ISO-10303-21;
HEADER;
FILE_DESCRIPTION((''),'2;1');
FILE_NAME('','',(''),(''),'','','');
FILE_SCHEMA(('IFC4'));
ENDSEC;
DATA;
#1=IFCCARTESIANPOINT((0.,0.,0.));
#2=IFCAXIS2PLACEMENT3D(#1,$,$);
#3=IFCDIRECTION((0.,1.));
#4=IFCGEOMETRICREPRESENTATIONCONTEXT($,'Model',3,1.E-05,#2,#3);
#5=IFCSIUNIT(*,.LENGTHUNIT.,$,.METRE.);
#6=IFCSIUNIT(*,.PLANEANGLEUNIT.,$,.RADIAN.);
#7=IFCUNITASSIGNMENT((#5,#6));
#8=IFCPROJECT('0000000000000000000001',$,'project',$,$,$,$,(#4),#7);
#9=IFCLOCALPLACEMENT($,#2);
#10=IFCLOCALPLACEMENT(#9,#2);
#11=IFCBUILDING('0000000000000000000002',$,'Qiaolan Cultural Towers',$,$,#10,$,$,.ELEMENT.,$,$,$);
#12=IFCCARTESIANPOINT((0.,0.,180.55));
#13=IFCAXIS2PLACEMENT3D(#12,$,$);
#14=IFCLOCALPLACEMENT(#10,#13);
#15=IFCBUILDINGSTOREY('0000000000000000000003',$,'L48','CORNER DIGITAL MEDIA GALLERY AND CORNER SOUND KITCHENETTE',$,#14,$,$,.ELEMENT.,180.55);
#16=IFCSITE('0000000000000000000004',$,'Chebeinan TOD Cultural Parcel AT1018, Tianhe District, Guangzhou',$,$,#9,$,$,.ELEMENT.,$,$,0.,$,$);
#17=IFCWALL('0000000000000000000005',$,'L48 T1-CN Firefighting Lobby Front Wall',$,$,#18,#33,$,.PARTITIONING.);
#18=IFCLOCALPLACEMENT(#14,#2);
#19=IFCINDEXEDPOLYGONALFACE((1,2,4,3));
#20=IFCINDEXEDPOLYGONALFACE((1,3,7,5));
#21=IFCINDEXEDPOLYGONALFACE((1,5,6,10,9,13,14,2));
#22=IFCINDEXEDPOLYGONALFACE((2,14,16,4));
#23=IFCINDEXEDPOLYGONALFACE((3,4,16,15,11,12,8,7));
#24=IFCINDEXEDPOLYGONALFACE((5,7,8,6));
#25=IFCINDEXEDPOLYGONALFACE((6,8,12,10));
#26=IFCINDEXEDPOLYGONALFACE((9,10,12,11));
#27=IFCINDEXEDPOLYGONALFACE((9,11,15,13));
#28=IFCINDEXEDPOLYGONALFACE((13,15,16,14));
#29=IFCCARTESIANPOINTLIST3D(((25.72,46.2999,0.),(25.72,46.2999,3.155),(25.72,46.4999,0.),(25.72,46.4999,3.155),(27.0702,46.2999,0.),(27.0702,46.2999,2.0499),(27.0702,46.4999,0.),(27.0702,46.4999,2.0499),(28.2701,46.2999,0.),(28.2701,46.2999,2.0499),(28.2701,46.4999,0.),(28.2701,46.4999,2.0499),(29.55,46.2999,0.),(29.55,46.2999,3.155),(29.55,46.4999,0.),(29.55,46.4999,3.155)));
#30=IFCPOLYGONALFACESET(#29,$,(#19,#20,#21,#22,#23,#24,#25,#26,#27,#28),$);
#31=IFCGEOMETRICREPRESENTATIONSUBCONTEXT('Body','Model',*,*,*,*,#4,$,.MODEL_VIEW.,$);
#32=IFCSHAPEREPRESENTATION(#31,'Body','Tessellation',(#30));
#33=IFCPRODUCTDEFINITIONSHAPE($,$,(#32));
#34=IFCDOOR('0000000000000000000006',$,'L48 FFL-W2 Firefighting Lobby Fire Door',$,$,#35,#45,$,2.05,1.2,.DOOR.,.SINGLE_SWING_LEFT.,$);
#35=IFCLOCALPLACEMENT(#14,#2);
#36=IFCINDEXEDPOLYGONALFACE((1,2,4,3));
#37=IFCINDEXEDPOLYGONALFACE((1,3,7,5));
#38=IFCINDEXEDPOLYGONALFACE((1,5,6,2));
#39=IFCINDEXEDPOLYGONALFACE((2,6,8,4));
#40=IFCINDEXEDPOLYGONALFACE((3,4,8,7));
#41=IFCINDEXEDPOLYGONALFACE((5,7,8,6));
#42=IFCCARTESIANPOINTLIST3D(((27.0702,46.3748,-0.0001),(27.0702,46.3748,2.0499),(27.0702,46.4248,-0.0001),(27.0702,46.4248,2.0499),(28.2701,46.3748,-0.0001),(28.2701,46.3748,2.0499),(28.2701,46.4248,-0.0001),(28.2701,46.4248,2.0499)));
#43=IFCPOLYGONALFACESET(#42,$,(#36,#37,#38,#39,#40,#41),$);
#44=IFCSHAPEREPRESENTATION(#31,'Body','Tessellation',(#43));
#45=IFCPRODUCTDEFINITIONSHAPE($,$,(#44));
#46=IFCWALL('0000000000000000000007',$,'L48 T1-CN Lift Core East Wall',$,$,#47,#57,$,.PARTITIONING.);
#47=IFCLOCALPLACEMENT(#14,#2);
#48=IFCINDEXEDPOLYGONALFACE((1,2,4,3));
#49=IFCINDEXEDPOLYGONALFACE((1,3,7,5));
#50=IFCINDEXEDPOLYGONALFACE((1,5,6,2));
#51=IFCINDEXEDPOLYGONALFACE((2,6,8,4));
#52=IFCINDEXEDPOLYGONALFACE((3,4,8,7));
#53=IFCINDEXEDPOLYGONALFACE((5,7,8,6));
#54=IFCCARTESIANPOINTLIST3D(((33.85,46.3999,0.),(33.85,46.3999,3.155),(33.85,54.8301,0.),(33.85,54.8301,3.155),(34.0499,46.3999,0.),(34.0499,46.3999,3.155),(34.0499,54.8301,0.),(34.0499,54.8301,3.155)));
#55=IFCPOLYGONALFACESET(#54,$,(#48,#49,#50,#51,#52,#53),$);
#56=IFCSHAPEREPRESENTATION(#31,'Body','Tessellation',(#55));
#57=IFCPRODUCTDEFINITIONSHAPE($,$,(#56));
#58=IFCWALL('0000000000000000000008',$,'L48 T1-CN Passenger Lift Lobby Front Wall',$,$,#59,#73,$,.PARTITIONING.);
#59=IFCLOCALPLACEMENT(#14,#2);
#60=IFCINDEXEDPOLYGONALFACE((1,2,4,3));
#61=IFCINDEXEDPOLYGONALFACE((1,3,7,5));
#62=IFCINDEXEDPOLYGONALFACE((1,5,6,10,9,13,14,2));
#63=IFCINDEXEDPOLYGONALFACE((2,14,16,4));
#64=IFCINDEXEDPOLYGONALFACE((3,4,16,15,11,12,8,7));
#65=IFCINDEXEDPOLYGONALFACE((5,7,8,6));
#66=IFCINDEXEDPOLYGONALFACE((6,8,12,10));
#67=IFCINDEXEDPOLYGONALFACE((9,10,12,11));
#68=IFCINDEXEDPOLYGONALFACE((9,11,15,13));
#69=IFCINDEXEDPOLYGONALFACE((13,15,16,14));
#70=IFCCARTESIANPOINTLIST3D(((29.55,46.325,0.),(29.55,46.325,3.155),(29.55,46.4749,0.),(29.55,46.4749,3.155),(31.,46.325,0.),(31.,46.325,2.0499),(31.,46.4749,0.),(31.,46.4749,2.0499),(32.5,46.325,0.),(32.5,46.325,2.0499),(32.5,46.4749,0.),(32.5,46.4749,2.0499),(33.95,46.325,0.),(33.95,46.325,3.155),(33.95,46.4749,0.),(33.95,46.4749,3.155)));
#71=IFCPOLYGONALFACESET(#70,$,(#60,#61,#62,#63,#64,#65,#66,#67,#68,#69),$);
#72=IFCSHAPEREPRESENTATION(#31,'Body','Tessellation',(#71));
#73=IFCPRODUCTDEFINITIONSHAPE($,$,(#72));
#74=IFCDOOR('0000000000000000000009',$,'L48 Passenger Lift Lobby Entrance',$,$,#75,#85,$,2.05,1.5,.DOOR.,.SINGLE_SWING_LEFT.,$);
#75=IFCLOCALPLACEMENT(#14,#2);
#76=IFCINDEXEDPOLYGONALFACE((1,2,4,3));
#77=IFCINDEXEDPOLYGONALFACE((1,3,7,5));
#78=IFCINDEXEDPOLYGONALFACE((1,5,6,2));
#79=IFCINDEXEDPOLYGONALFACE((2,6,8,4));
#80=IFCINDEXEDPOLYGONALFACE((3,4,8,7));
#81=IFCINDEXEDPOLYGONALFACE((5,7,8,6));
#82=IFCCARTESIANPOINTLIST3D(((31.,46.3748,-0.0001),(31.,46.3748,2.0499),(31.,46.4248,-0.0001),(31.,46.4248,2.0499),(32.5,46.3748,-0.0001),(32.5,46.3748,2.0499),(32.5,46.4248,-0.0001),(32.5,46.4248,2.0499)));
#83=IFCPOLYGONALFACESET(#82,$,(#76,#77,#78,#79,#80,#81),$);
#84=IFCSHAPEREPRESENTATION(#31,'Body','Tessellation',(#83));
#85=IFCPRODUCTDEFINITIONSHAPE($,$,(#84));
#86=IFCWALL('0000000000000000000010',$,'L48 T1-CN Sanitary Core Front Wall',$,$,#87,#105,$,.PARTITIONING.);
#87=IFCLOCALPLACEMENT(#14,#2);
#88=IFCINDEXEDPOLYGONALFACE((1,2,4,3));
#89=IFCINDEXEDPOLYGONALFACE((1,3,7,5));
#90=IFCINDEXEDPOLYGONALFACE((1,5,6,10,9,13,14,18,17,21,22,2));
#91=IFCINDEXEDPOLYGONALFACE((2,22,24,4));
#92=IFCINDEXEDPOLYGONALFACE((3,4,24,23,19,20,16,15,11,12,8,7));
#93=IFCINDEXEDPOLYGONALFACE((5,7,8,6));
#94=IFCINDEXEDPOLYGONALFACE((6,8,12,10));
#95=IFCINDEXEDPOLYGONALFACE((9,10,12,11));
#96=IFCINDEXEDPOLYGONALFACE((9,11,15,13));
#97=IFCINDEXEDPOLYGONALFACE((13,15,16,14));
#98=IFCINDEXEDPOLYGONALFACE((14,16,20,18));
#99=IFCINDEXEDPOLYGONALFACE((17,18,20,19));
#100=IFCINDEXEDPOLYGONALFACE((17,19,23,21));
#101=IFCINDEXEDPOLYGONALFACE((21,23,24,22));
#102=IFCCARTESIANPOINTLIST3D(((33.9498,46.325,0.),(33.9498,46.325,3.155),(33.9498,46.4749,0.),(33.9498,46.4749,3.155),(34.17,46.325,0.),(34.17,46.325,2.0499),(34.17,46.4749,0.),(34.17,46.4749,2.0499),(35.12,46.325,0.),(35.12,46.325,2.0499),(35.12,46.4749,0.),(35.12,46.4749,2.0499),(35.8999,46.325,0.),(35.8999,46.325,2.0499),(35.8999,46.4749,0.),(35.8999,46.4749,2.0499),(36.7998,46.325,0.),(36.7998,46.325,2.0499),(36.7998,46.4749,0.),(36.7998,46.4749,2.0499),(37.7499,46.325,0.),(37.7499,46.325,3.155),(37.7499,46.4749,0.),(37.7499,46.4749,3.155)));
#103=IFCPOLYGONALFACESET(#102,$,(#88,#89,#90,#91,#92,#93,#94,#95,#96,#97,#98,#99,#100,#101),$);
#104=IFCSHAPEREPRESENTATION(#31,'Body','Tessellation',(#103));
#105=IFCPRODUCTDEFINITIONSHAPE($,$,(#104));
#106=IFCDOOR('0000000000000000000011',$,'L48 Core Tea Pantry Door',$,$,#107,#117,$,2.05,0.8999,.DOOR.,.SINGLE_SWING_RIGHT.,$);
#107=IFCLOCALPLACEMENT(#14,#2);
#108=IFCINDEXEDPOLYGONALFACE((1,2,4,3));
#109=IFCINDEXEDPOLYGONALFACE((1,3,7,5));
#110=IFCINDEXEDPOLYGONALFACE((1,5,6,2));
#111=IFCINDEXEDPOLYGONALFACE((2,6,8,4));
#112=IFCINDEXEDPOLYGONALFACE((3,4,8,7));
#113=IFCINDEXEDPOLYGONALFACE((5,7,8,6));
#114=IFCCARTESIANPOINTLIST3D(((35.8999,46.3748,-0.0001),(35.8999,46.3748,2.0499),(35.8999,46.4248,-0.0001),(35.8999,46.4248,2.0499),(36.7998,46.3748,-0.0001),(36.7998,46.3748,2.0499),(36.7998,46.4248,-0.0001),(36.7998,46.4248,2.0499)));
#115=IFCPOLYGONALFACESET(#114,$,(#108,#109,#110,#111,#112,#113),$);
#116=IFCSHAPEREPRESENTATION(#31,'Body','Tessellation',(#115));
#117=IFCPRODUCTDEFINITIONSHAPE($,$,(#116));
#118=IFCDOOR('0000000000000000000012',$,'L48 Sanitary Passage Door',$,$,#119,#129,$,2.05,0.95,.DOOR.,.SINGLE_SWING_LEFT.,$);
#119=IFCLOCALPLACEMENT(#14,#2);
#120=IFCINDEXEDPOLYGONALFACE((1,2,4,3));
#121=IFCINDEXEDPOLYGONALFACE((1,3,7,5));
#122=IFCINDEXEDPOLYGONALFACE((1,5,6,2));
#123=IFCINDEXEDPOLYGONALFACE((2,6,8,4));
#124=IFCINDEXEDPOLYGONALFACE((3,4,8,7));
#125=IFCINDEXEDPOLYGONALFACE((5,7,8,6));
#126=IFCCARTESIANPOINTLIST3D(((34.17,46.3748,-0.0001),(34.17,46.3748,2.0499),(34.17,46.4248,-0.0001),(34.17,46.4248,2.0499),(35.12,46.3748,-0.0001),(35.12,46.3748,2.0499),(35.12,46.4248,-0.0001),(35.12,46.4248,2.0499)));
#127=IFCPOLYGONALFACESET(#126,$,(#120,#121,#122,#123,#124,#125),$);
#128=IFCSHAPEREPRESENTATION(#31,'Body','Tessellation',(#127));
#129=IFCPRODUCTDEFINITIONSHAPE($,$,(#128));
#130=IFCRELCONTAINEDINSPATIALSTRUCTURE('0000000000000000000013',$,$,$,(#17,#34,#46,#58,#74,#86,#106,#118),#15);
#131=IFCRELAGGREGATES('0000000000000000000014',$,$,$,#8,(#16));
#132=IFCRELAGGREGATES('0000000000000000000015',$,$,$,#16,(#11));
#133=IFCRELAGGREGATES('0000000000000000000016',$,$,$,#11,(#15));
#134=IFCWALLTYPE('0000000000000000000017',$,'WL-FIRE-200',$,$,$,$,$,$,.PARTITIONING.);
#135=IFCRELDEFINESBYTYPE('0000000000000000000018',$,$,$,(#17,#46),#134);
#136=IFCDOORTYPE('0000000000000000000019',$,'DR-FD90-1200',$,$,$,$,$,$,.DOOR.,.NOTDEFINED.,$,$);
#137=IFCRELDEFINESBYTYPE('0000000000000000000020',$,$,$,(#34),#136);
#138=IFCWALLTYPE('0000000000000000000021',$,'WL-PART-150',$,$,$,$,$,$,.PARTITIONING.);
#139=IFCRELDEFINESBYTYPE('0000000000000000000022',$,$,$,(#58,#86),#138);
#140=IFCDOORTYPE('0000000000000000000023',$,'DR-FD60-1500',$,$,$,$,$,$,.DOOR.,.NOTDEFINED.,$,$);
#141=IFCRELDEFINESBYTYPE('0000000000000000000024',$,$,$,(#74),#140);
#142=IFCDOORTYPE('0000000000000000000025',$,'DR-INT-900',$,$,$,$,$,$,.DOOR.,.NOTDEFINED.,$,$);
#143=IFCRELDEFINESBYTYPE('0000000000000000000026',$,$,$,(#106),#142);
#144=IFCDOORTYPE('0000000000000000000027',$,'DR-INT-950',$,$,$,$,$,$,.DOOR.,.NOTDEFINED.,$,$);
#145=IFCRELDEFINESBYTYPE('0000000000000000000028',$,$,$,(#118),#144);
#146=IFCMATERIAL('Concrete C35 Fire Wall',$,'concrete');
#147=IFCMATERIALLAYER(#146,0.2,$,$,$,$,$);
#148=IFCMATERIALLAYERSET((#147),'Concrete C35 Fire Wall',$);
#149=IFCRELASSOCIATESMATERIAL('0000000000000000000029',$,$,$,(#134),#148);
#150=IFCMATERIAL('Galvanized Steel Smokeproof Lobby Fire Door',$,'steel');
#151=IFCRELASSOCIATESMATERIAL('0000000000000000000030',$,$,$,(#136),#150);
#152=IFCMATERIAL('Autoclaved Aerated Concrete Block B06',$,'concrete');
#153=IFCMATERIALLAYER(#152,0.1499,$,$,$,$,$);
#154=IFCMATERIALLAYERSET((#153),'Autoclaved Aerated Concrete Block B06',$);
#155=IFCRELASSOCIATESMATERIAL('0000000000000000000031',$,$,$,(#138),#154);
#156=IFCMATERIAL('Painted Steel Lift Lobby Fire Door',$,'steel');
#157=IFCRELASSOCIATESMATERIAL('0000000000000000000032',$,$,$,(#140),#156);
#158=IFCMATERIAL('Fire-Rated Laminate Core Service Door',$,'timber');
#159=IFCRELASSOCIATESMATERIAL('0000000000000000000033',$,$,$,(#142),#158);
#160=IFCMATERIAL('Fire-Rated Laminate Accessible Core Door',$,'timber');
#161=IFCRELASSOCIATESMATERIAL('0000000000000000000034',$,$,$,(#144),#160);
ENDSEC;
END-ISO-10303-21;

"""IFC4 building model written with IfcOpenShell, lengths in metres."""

from ifc_helpers import new_model, si_unit, direction, frame, frame_2d, origin, place, context, subcontext, project, spatial, rectangle, extrude, material, layer, layer_set, type_object, element, fill, save


model = new_model("IFC4")

# Units and contexts
model_context = context("Model", 3, precision=1e-05, world=origin(), true_north=direction((0.0, 1.0)))
body_context = subcontext(model_context, "Body", "Model", "MODEL_VIEW")
ifc_project = project(units=[si_unit("LENGTHUNIT", "METRE"), si_unit("PLANEANGLEUNIT", "RADIAN")], contexts=[model_context])

# Site, building, storey
site_placement = place(None, origin())
site = spatial("IfcSite", under=ifc_project, at=site_placement, Name="Chebeinan TOD Cultural Parcel AT1018, Tianhe District, Guangzhou", CompositionType="ELEMENT", RefElevation=0.0)
building_placement = place(site_placement, origin())
building = spatial("IfcBuilding", under=site, at=building_placement, Name="Qiaolan Cultural Towers", CompositionType="ELEMENT")
storey_placement = place(building_placement, frame((0.0, 0.0, 180.55)))
storey = spatial("IfcBuildingStorey", under=building, at=storey_placement, Name="L48", Description="CORNER DIGITAL MEDIA GALLERY AND CORNER SOUND KITCHENETTE", CompositionType="ELEMENT", Elevation=180.55)

# Shared definitions
ifc_material_1 = material(Name="Concrete C35 Fire Wall", Category="concrete")
ifc_layer_1 = layer(ifc_material_1, 0.2)
ifc_layer_set_1 = layer_set([ifc_layer_1], Name="Concrete C35 Fire Wall")
wall_type_1 = type_object("IfcWallType", Name="WL-FIRE-200", PredefinedType="PARTITIONING", material=ifc_layer_set_1)

# Wall, opening, door
wall_1_placement = place(storey_placement, frame((25.72, 46.3999, 0.0), z_axis=(0.0, 0.0, 1.0), x_axis=(1.0, 0.0, 0.0)))
wall_1 = element("IfcWall", 1, at=wall_1_placement, inside=storey, type_object=wall_type_1, Name="L48 T1-CN Firefighting Lobby Front Wall", PredefinedType="PARTITIONING", context=body_context, shape_type="SweptSolid", body=[
    extrude(rectangle(XDim=3.8301, YDim=0.2, at=frame_2d((1.915, 0.0))), origin(), (0.0, 0.0, 1.0), 3.155),
])
opening_1_placement = place(wall_1_placement, frame((1.3501, 0.0, 0.0)))
opening_1 = element("IfcOpeningElement", 2, at=opening_1_placement, cuts=wall_1, PredefinedType="OPENING", context=body_context, shape_type="SweptSolid", body=[
    extrude(rectangle(XDim=1.2, YDim=2.05, at=frame_2d((0.6001, 1.0249))), frame((0.0, 0.1099, 0.0), z_axis=(0.0, -1.0, 0.0), x_axis=(1.0, 0.0, 0.0)), (0.0, 0.0, 1.0), 0.22),
])
ifc_material_2 = material(Name="Galvanized Steel Smokeproof Lobby Fire Door", Category="steel")
door_type_1 = type_object("IfcDoorType", Name="DR-FD90-1200", OperationType="NOTDEFINED", PredefinedType="DOOR", material=ifc_material_2)
door_1_placement = place(opening_1_placement, origin())
door_1 = element("IfcDoor", 3, at=door_1_placement, inside=storey, type_object=door_type_1, Name="L48 FFL-W2 Firefighting Lobby Fire Door", OperationType="SINGLE_SWING_LEFT", OverallHeight=2.05, OverallWidth=1.2, PredefinedType="DOOR", context=body_context, shape_type="SweptSolid", body=[
    extrude(rectangle(XDim=1.2, YDim=2.05, at=frame_2d((0.6001, 1.0249))), frame((0.0, 0.0249, 0.0), z_axis=(0.0, -1.0, 0.0), x_axis=(1.0, 0.0, 0.0)), (0.0, 0.0, 1.0), 0.05),
])
fill(opening_1, door_1)

# Wall
wall_2_placement = place(storey_placement, frame((33.95, 46.3999, 0.0), z_axis=(0.0, 0.0, 1.0), x_axis=(0.0, 1.0, 0.0)))
element("IfcWall", 4, at=wall_2_placement, inside=storey, type_object=wall_type_1, Name="L48 T1-CN Lift Core East Wall", PredefinedType="PARTITIONING", context=body_context, shape_type="SweptSolid", body=[
    extrude(rectangle(XDim=8.4302, YDim=0.2, at=frame_2d((4.2151, 0.0))), origin(), (0.0, 0.0, 1.0), 3.155),
])

# Wall, opening, door
ifc_material_3 = material(Name="Autoclaved Aerated Concrete Block B06", Category="concrete")
ifc_layer_2 = layer(ifc_material_3, 0.1499)
ifc_layer_set_2 = layer_set([ifc_layer_2], Name="Autoclaved Aerated Concrete Block B06")
wall_type_2 = type_object("IfcWallType", Name="WL-PART-150", PredefinedType="PARTITIONING", material=ifc_layer_set_2)
wall_3_placement = place(storey_placement, frame((29.55, 46.3999, 0.0), z_axis=(0.0, 0.0, 1.0), x_axis=(1.0, 0.0, 0.0)))
wall_3 = element("IfcWall", 5, at=wall_3_placement, inside=storey, type_object=wall_type_2, Name="L48 T1-CN Passenger Lift Lobby Front Wall", PredefinedType="PARTITIONING", context=body_context, shape_type="SweptSolid", body=[
    extrude(rectangle(XDim=4.3999, YDim=0.1499, at=frame_2d((2.2, 0.0))), origin(), (0.0, 0.0, 1.0), 3.155),
])
opening_2_placement = place(wall_3_placement, frame((1.45, 0.0, 0.0)))
opening_2 = element("IfcOpeningElement", 6, at=opening_2_placement, cuts=wall_3, PredefinedType="OPENING", context=body_context, shape_type="SweptSolid", body=[
    extrude(rectangle(XDim=1.5, YDim=2.05, at=frame_2d((0.75, 1.0249))), frame((0.0, 0.085, 0.0), z_axis=(0.0, -1.0, 0.0), x_axis=(1.0, 0.0, 0.0)), (0.0, 0.0, 1.0), 0.1699),
])
ifc_material_4 = material(Name="Painted Steel Lift Lobby Fire Door", Category="steel")
door_type_2 = type_object("IfcDoorType", Name="DR-FD60-1500", OperationType="NOTDEFINED", PredefinedType="DOOR", material=ifc_material_4)
door_2_placement = place(opening_2_placement, origin())
door_2 = element("IfcDoor", 7, at=door_2_placement, inside=storey, type_object=door_type_2, Name="L48 Passenger Lift Lobby Entrance", OperationType="SINGLE_SWING_LEFT", OverallHeight=2.05, OverallWidth=1.5, PredefinedType="DOOR", context=body_context, shape_type="SweptSolid", body=[
    extrude(rectangle(XDim=1.5, YDim=2.05, at=frame_2d((0.75, 1.0249))), frame((0.0, 0.0249, 0.0), z_axis=(0.0, -1.0, 0.0), x_axis=(1.0, 0.0, 0.0)), (0.0, 0.0, 1.0), 0.05),
])
fill(opening_2, door_2)

# Wall, openings, doors
wall_4_placement = place(storey_placement, frame((33.95, 46.3999, 0.0), z_axis=(0.0, 0.0, 1.0), x_axis=(1.0, 0.0, 0.0)))
wall_4 = element("IfcWall", 8, at=wall_4_placement, inside=storey, type_object=wall_type_2, Name="L48 T1-CN Sanitary Core Front Wall", PredefinedType="PARTITIONING", context=body_context, shape_type="SweptSolid", body=[
    extrude(rectangle(XDim=3.8, YDim=0.1499, at=frame_2d((1.8999, 0.0))), origin(), (0.0, 0.0, 1.0), 3.155),
])
opening_3_placement = place(wall_4_placement, frame((0.22, 0.0, 0.0)))
opening_3 = element("IfcOpeningElement", 9, at=opening_3_placement, cuts=wall_4, PredefinedType="OPENING", context=body_context, shape_type="SweptSolid", body=[
    extrude(rectangle(XDim=0.95, YDim=2.05, at=frame_2d((0.4751, 1.0249))), frame((0.0, 0.085, 0.0), z_axis=(0.0, -1.0, 0.0), x_axis=(1.0, 0.0, 0.0)), (0.0, 0.0, 1.0), 0.1699),
])
opening_4_placement = place(wall_4_placement, frame((1.95, 0.0, 0.0)))
opening_4 = element("IfcOpeningElement", 10, at=opening_4_placement, cuts=wall_4, PredefinedType="OPENING", context=body_context, shape_type="SweptSolid", body=[
    extrude(rectangle(XDim=0.8999, YDim=2.05, at=frame_2d((0.45, 1.0249))), frame((0.0, 0.085, 0.0), z_axis=(0.0, -1.0, 0.0), x_axis=(1.0, 0.0, 0.0)), (0.0, 0.0, 1.0), 0.1699),
])
ifc_material_5 = material(Name="Fire-Rated Laminate Core Service Door", Category="timber")
door_type_3 = type_object("IfcDoorType", Name="DR-INT-900", OperationType="NOTDEFINED", PredefinedType="DOOR", material=ifc_material_5)
door_3_placement = place(opening_4_placement, origin())
door_3 = element("IfcDoor", 11, at=door_3_placement, inside=storey, type_object=door_type_3, Name="L48 Core Tea Pantry Door", OperationType="SINGLE_SWING_RIGHT", OverallHeight=2.05, OverallWidth=0.8999, PredefinedType="DOOR", context=body_context, shape_type="SweptSolid", body=[
    extrude(rectangle(XDim=0.8999, YDim=2.05, at=frame_2d((0.45, 1.0249))), frame((0.0, 0.0249, 0.0), z_axis=(0.0, -1.0, 0.0), x_axis=(1.0, 0.0, 0.0)), (0.0, 0.0, 1.0), 0.05),
])
fill(opening_4, door_3)
ifc_material_6 = material(Name="Fire-Rated Laminate Accessible Core Door", Category="timber")
door_type_4 = type_object("IfcDoorType", Name="DR-INT-950", OperationType="NOTDEFINED", PredefinedType="DOOR", material=ifc_material_6)
door_4_placement = place(opening_3_placement, origin())
door_4 = element("IfcDoor", 12, at=door_4_placement, inside=storey, type_object=door_type_4, Name="L48 Sanitary Passage Door", OperationType="SINGLE_SWING_LEFT", OverallHeight=2.05, OverallWidth=0.95, PredefinedType="DOOR", context=body_context, shape_type="SweptSolid", body=[
    extrude(rectangle(XDim=0.95, YDim=2.05, at=frame_2d((0.4751, 1.0249))), frame((0.0, 0.0249, 0.0), z_axis=(0.0, -1.0, 0.0), x_axis=(1.0, 0.0, 0.0)), (0.0, 0.0, 1.0), 0.05),
])
fill(opening_3, door_4)

save(model, "model.ifc")
